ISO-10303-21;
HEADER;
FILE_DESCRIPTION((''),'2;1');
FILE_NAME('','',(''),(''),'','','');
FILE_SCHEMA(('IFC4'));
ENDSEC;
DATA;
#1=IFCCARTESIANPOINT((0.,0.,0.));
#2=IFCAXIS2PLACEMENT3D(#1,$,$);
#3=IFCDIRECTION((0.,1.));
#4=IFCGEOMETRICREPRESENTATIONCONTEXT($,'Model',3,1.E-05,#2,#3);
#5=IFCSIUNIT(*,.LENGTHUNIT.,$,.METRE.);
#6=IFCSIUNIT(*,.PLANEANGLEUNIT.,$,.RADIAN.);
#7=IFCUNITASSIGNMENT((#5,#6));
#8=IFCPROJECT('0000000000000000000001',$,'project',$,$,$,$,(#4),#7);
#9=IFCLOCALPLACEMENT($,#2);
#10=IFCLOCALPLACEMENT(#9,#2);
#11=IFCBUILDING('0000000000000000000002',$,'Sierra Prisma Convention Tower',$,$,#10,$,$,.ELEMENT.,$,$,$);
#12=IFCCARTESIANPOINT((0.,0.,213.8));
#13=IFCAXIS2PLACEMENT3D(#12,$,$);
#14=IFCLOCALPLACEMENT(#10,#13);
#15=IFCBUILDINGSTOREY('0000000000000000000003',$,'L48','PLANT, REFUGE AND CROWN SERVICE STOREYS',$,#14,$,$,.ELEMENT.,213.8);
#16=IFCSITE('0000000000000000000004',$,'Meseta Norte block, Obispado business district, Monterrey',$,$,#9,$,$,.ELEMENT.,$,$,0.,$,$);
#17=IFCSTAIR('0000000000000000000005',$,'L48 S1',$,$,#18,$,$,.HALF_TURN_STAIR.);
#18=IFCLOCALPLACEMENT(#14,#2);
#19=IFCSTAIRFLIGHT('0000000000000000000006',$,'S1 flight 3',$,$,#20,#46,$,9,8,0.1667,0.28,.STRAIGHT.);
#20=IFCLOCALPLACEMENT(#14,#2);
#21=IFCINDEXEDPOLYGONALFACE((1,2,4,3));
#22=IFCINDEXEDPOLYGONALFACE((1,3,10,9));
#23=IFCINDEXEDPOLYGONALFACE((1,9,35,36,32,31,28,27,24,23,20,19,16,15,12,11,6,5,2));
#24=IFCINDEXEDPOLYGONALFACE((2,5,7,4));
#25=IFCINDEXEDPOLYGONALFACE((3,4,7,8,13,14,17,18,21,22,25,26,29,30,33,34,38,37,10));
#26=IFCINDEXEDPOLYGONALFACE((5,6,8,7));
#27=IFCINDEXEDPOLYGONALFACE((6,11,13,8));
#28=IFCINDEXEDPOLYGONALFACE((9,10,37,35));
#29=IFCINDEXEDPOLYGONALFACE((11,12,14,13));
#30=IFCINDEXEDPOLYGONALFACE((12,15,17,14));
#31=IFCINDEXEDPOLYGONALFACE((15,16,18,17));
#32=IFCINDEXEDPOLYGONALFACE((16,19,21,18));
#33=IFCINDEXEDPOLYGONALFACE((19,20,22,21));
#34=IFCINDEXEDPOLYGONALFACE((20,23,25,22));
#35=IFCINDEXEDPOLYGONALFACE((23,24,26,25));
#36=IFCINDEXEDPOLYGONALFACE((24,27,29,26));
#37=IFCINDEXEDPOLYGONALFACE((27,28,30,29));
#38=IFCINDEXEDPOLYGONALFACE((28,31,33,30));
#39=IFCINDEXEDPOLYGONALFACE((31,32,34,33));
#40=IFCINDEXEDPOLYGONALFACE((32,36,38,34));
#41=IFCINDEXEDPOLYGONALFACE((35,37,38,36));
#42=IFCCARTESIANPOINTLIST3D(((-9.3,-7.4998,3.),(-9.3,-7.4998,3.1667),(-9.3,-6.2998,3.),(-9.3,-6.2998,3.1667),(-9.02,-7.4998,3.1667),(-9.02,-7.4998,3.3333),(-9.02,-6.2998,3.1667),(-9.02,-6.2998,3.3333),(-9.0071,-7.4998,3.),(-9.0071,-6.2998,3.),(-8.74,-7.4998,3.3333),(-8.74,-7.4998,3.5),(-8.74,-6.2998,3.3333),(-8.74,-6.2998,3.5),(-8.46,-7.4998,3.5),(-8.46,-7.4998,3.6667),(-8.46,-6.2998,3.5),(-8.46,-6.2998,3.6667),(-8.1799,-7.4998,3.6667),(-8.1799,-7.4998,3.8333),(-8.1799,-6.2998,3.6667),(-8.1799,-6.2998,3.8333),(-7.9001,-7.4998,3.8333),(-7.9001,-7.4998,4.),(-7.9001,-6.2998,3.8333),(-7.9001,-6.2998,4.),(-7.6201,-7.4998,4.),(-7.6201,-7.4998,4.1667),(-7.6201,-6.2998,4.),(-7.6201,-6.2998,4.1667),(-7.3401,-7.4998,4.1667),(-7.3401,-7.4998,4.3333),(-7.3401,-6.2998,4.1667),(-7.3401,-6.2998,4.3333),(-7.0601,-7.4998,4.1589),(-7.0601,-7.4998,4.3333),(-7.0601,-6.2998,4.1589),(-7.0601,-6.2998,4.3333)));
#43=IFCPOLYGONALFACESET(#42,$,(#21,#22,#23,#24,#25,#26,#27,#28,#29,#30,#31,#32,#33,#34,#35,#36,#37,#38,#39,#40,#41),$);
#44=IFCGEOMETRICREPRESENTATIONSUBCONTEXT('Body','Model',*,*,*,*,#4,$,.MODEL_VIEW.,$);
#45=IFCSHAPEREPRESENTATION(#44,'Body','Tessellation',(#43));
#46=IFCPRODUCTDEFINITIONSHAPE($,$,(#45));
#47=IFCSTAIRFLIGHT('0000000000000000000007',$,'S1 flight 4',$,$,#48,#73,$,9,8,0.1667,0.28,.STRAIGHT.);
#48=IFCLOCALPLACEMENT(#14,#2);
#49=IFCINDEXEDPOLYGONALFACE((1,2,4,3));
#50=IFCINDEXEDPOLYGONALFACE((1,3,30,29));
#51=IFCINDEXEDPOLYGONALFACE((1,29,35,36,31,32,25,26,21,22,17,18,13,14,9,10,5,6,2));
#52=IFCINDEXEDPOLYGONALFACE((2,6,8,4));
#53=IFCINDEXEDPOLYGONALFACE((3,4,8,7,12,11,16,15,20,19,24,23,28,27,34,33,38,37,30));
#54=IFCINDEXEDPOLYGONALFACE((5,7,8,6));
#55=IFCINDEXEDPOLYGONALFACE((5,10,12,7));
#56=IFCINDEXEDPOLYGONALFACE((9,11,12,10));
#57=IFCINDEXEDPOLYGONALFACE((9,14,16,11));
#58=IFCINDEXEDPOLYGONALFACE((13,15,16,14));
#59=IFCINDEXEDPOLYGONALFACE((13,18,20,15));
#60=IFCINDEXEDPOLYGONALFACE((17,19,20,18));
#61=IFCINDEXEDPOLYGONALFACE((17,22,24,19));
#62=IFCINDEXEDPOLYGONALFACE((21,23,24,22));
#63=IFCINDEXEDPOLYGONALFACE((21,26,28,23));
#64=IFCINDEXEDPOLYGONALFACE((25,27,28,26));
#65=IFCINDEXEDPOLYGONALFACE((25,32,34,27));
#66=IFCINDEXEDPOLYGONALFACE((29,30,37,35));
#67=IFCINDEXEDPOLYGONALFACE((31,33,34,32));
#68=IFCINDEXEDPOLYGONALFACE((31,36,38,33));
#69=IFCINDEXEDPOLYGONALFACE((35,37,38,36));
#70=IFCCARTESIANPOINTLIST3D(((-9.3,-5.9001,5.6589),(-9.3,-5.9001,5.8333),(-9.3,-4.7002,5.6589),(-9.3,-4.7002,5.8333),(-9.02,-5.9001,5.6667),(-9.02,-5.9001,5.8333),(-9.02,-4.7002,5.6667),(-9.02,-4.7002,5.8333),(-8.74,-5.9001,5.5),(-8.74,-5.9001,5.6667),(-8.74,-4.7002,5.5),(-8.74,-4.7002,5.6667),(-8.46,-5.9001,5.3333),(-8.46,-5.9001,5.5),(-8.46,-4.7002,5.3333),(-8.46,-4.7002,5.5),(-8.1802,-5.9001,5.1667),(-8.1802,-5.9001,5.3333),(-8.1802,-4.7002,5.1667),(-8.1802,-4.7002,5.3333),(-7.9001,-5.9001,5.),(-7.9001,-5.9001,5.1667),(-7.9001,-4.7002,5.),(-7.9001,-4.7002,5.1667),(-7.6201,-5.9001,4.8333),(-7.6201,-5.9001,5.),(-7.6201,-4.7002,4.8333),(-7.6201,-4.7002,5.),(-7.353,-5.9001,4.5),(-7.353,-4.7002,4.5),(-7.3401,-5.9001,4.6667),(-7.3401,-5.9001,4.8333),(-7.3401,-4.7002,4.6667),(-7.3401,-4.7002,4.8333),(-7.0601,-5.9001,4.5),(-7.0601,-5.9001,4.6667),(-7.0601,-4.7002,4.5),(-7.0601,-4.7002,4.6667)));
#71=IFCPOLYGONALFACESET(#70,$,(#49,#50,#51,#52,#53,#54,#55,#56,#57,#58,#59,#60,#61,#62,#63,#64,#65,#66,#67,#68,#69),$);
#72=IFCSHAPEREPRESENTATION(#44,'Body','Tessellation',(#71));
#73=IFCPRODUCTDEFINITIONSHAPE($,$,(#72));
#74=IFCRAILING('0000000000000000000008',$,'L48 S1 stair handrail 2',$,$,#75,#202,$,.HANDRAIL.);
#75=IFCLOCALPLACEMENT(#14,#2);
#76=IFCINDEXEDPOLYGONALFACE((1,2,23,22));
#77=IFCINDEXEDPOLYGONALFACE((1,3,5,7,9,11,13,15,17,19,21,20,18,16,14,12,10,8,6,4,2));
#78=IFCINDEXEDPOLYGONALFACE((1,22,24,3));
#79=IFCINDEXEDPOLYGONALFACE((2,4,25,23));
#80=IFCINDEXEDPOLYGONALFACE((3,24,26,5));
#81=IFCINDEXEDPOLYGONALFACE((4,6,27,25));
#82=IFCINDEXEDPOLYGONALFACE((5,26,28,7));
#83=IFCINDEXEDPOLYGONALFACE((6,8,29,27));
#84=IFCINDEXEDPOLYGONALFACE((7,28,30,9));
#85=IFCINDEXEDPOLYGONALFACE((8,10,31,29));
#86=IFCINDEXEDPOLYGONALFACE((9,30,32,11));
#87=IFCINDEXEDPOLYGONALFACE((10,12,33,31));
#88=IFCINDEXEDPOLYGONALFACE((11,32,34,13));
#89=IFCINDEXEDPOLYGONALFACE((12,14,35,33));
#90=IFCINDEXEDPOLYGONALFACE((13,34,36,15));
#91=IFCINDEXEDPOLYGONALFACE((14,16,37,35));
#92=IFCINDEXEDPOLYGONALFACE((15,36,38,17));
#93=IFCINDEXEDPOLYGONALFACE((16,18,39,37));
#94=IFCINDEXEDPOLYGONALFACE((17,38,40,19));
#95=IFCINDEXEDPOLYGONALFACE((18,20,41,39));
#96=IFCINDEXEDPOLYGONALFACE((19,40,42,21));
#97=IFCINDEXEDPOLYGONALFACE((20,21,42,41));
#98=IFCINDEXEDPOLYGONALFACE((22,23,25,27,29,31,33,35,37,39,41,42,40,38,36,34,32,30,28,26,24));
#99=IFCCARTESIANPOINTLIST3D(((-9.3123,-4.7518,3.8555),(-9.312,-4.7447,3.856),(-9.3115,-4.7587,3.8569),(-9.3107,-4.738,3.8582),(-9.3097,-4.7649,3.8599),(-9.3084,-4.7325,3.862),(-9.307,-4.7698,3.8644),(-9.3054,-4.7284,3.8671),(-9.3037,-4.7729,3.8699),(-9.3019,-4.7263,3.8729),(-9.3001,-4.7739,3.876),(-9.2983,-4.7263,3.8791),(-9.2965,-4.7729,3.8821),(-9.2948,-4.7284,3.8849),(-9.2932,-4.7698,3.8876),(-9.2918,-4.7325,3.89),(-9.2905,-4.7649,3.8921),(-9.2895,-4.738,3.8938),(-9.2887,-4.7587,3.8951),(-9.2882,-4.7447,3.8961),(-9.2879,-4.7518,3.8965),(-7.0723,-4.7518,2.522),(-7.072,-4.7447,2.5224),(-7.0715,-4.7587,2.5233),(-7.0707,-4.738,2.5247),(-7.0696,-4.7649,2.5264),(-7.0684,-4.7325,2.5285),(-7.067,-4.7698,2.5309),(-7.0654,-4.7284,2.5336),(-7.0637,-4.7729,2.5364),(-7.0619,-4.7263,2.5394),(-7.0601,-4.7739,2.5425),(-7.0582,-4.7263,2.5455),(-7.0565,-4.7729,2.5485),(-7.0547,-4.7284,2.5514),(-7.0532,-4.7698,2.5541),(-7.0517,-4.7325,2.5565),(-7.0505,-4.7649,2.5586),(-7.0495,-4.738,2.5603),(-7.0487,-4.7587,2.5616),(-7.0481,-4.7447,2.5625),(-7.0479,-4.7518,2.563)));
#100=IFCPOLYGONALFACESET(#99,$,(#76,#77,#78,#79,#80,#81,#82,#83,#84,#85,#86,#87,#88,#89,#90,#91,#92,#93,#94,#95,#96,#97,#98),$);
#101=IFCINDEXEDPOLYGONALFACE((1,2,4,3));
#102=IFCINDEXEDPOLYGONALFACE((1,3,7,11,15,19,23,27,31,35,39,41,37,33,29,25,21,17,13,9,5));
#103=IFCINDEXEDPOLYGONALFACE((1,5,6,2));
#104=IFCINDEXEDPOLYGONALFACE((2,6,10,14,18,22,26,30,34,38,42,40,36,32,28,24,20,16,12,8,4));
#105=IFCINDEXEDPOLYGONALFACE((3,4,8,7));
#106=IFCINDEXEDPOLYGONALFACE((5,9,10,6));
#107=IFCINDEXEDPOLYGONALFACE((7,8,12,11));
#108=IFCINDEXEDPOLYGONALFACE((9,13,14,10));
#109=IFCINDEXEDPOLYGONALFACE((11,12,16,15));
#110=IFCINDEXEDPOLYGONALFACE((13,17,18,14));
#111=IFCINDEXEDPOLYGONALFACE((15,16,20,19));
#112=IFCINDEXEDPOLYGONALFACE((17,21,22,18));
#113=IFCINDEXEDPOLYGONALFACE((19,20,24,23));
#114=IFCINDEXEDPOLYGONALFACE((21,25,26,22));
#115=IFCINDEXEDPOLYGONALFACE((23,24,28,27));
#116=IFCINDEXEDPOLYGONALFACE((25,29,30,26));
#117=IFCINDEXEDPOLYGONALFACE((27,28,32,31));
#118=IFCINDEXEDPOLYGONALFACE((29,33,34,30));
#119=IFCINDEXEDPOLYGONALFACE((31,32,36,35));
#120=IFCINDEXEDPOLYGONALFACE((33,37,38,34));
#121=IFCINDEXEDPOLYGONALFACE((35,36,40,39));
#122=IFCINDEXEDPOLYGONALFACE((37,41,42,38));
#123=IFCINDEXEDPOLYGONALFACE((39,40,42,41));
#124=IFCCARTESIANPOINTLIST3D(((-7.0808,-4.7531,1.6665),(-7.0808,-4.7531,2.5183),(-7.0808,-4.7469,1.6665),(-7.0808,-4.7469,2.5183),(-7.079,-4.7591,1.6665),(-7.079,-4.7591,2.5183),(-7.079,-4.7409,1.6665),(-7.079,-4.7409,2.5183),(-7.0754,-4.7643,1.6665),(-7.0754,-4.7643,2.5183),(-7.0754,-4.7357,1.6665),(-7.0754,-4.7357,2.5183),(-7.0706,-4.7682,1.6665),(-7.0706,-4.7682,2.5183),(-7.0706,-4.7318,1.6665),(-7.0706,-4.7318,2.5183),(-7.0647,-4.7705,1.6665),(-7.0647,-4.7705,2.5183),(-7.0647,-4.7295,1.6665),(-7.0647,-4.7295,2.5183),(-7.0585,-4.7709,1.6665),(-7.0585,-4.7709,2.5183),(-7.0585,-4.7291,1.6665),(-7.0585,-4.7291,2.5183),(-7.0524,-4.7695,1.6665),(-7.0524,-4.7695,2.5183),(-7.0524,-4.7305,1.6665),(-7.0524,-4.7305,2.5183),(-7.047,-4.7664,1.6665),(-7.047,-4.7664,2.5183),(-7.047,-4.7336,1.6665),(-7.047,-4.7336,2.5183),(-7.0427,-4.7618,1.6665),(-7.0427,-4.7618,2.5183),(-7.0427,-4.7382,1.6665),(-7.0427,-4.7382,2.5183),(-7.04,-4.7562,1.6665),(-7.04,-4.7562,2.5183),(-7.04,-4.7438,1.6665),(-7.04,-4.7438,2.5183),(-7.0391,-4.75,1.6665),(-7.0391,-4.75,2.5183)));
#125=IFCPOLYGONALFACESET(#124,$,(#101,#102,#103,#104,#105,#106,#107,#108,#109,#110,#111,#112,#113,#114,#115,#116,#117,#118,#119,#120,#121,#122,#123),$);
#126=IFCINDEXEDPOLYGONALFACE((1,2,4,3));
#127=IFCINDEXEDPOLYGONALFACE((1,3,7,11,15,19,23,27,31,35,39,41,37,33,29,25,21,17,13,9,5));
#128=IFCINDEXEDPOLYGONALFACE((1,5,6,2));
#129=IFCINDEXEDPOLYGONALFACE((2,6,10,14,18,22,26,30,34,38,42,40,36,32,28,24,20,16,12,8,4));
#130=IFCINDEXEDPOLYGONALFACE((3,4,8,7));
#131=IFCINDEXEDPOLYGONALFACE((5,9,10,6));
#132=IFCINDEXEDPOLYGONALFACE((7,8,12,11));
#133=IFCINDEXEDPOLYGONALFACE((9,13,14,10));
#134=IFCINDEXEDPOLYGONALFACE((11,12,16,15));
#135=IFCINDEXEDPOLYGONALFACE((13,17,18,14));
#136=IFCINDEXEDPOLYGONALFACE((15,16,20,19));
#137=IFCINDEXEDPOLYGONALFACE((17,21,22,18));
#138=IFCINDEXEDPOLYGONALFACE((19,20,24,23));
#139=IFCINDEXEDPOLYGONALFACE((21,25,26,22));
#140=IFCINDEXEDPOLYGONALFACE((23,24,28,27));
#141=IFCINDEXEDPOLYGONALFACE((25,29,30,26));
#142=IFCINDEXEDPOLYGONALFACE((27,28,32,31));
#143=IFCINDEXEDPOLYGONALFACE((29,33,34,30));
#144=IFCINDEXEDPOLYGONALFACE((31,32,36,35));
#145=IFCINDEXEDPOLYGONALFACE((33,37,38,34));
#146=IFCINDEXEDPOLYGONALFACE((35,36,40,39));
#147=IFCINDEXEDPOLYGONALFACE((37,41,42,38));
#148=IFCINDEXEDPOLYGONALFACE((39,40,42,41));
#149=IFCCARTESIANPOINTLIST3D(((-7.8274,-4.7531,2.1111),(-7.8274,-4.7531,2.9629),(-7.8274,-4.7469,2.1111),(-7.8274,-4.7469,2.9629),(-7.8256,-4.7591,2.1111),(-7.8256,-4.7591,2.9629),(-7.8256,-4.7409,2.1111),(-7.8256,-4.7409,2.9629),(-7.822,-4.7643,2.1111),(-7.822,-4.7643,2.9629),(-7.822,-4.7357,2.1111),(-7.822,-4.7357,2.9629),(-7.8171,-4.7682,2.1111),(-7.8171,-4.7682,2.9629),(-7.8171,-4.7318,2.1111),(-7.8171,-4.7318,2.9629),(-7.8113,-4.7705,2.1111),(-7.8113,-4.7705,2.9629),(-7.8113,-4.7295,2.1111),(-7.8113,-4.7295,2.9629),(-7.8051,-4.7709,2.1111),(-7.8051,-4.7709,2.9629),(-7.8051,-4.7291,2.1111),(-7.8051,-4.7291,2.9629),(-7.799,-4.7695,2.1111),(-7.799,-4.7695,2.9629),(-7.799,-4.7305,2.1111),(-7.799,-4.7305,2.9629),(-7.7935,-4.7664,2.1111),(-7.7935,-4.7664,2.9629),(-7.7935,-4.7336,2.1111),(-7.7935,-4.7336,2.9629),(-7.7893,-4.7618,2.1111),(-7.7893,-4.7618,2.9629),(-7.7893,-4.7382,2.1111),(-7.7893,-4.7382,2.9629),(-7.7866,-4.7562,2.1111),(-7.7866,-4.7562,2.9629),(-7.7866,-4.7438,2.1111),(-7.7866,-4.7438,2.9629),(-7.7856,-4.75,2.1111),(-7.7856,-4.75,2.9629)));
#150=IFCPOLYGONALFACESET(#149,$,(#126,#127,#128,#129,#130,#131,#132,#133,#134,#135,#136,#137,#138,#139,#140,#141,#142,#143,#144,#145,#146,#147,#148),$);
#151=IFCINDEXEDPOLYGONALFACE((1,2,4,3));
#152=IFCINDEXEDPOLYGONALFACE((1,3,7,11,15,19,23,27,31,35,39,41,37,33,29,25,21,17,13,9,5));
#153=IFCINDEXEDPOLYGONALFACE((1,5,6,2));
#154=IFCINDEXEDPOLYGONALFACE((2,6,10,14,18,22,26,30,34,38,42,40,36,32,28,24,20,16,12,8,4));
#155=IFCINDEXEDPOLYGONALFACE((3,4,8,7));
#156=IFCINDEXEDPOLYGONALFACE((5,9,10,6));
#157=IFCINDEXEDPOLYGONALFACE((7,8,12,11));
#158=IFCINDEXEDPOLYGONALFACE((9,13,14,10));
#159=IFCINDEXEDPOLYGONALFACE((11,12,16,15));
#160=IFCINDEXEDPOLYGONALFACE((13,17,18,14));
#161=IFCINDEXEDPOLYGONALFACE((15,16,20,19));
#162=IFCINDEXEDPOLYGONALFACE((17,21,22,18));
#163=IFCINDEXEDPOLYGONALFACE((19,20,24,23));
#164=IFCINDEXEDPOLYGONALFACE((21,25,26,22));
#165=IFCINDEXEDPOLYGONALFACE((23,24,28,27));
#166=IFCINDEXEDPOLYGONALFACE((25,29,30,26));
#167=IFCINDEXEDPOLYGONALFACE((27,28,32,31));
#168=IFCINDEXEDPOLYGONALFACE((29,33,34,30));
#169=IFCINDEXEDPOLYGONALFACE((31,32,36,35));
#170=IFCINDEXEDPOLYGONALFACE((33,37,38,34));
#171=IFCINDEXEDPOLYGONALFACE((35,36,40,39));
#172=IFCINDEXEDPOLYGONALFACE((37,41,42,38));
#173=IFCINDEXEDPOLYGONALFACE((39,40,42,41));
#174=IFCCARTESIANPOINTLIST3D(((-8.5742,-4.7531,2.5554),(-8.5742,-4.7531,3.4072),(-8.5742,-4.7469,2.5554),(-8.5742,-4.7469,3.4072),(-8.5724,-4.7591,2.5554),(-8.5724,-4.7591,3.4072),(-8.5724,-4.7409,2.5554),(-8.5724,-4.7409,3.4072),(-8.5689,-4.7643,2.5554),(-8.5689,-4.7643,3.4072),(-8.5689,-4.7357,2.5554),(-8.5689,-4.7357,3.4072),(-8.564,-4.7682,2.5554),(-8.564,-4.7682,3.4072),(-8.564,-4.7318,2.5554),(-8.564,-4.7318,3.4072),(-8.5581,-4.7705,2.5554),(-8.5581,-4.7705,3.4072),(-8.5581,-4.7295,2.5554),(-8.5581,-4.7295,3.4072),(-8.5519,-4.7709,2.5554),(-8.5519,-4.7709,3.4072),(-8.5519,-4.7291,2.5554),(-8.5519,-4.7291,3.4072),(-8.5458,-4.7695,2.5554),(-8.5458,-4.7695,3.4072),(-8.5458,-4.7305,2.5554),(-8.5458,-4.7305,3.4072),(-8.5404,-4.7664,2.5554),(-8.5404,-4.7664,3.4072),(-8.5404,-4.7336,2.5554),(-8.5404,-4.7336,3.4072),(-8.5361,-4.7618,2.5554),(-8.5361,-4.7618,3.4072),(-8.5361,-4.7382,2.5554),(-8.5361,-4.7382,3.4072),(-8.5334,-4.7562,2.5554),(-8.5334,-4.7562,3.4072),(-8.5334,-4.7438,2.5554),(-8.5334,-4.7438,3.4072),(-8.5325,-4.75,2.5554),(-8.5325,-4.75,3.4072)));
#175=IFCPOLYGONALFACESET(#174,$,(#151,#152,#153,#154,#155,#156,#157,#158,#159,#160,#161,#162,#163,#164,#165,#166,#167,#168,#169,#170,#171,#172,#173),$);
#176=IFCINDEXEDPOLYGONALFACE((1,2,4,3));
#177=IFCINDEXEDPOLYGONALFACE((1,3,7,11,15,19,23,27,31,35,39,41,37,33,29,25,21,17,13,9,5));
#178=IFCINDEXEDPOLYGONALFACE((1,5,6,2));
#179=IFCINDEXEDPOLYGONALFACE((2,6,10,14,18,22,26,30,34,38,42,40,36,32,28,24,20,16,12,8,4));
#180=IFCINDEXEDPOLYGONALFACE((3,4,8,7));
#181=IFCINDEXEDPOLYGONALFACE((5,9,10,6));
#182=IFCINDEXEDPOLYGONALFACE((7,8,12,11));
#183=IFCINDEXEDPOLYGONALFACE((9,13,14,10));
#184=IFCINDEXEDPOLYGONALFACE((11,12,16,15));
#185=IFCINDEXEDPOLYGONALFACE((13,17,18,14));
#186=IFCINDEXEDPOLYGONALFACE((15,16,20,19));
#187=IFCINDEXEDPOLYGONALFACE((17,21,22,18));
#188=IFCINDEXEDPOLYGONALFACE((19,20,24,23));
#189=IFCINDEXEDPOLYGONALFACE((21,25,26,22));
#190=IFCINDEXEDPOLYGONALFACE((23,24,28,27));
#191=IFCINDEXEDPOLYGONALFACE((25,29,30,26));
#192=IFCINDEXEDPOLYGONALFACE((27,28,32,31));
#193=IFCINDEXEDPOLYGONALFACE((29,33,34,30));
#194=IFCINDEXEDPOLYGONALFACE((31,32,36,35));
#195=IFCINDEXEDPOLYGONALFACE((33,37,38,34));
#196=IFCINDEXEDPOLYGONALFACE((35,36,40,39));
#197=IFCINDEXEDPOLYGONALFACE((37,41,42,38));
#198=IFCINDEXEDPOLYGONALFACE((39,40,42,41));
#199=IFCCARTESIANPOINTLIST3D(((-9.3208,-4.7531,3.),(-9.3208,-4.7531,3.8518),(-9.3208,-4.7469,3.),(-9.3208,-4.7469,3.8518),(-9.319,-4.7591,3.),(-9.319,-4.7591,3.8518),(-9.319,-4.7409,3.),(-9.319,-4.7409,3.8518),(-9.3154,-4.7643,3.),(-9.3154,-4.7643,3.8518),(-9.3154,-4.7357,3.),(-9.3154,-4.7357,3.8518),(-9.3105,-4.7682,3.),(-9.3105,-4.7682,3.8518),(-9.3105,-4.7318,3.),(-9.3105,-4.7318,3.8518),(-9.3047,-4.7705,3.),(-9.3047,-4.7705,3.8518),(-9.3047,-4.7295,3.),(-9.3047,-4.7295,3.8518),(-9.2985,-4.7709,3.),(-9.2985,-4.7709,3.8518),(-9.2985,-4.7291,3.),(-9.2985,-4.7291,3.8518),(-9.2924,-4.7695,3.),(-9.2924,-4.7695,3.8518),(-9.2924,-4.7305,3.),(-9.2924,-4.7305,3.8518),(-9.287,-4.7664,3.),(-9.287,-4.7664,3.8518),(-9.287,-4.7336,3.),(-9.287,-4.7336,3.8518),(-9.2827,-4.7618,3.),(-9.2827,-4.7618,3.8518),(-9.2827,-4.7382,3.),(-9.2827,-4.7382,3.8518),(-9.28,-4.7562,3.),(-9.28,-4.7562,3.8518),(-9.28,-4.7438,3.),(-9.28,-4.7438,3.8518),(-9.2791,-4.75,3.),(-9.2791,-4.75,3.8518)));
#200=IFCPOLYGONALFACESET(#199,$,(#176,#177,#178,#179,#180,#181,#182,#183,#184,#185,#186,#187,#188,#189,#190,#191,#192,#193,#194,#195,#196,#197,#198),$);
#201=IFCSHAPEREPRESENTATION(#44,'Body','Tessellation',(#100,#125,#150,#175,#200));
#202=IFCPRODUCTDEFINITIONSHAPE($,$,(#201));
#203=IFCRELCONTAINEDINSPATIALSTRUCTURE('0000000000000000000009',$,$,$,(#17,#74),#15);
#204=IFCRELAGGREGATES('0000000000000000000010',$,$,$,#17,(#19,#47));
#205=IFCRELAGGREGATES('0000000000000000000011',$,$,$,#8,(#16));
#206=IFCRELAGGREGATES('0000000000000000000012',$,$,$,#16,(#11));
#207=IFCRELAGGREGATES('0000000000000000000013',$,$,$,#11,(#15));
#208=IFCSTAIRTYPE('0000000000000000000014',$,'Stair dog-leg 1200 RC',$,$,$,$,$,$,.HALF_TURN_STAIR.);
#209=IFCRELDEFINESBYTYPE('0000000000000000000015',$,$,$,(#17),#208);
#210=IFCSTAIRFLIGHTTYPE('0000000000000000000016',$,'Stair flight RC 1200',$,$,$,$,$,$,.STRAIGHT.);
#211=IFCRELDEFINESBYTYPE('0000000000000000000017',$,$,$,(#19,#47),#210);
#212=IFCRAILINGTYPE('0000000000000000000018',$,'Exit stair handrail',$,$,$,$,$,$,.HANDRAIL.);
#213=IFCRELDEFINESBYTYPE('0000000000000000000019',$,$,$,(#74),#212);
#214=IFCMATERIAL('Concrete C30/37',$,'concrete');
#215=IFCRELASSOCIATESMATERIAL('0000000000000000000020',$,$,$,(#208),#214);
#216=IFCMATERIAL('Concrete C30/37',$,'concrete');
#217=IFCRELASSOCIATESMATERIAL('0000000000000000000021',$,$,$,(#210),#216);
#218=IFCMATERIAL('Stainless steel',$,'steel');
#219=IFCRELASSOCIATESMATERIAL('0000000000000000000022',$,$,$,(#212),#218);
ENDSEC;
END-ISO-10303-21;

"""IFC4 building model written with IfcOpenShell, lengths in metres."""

from ifc_helpers import new_model, si_unit, direction, frame, origin, origin_2d, place, context, subcontext, project, spatial, polyline, circle, outline, extrude, material, type_object, element, aggregate, save


model = new_model("IFC4")

# Units and contexts
model_context = context("Model", 3, precision=1e-05, world=origin(), true_north=direction((0.0, 1.0)))
body_context = subcontext(model_context, "Body", "Model", "MODEL_VIEW")
ifc_project = project(units=[si_unit("LENGTHUNIT", "METRE"), si_unit("PLANEANGLEUNIT", "RADIAN")], contexts=[model_context])

# Site, building, storey
site_placement = place(None, origin())
site = spatial("IfcSite", under=ifc_project, at=site_placement, Name="Meseta Norte block, Obispado business district, Monterrey", CompositionType="ELEMENT", RefElevation=0.0)
building_placement = place(site_placement, origin())
building = spatial("IfcBuilding", under=site, at=building_placement, Name="Sierra Prisma Convention Tower", CompositionType="ELEMENT")
storey_placement = place(building_placement, frame((0.0, 0.0, 213.8)))
storey = spatial("IfcBuildingStorey", under=building, at=storey_placement, Name="L48", Description="PLANT, REFUGE AND CROWN SERVICE STOREYS", CompositionType="ELEMENT", Elevation=213.8)

# Stair, stair flights
ifc_material_1 = material(Name="Concrete C30/37", Category="concrete")
stair_type = type_object("IfcStairType", Name="Stair dog-leg 1200 RC", PredefinedType="HALF_TURN_STAIR", material=ifc_material_1)
stair_placement = place(storey_placement, origin())
stair = element("IfcStair", 1, at=stair_placement, inside=storey, type_object=stair_type, Name="L48 S1", PredefinedType="HALF_TURN_STAIR")
ifc_material_2 = material(Name="Concrete C30/37", Category="concrete")
stair_flight_type = type_object("IfcStairFlightType", Name="Stair flight RC 1200", PredefinedType="STRAIGHT", material=ifc_material_2)
stair_flight_1_placement = place(storey_placement, frame((-9.3, -6.8999, 3.0), z_axis=(0.0, 0.0, 1.0), x_axis=(1.0, 0.0, 0.0)))
stair_flight_1 = element("IfcStairFlight", 2, at=stair_flight_1_placement, type_object=stair_flight_type, Name="S1 flight 3", NumberOfRisers=9, NumberOfTreads=8, PredefinedType="STRAIGHT", RiserHeight=0.1667, TreadLength=0.28, context=body_context, shape_type="SweptSolid", body=[
    extrude(outline(polyline([(0.0, 0.0), (0.0, 0.1667), (0.28, 0.1667), (0.28, 0.3333), (0.5601, 0.3333), (0.5601, 0.5), (0.8401, 0.5), (0.8401, 0.6667), (1.1201, 0.6667), (1.1201, 0.8333), (1.3999, 0.8333), (1.3999, 1.0), (1.6799, 1.0), (1.6799, 1.1667), (1.96, 1.1667), (1.96, 1.3333), (2.24, 1.3333), (2.24, 1.5), (2.24, 1.1589), (0.293, 0.0), (0.0, 0.0)])), frame((0.0, 0.6001, 0.0), z_axis=(0.0, -1.0, 0.0), x_axis=(1.0, 0.0, 0.0)), (0.0, 0.0, 1.0), 1.2),
])
stair_flight_2_placement = place(storey_placement, frame((-7.0601, -5.3, 4.5), z_axis=(0.0, 0.0, 1.0), x_axis=(-1.0, 0.0, 0.0)))
stair_flight_2 = element("IfcStairFlight", 3, at=stair_flight_2_placement, type_object=stair_flight_type, Name="S1 flight 4", NumberOfRisers=9, NumberOfTreads=8, PredefinedType="STRAIGHT", RiserHeight=0.1667, TreadLength=0.28, context=body_context, shape_type="SweptSolid", body=[
    extrude(outline(polyline([(0.0, 0.0), (0.0, 0.1667), (0.28, 0.1667), (0.28, 0.3333), (0.5601, 0.3333), (0.5601, 0.5), (0.8401, 0.5), (0.8401, 0.6667), (1.1201, 0.6667), (1.1201, 0.8333), (1.3999, 0.8333), (1.3999, 1.0), (1.6799, 1.0), (1.6799, 1.1667), (1.96, 1.1667), (1.96, 1.3333), (2.24, 1.3333), (2.24, 1.5), (2.24, 1.1589), (0.293, 0.0), (0.0, 0.0)])), frame((0.0, 0.6001, 0.0), z_axis=(0.0, -1.0, 0.0), x_axis=(1.0, 0.0, 0.0)), (0.0, 0.0, 1.0), 1.2),
])
aggregate(stair, [stair_flight_1, stair_flight_2])

# Railing
ifc_material_3 = material(Name="Stainless steel", Category="steel")
railing_type_1 = type_object("IfcRailingType", Name="Exit stair handrail", PredefinedType="HANDRAIL", material=ifc_material_3)
for number, where, name in (
    (4, (-7.0601, -4.75, 1.6665), "L48 S1 stair handrail 2"),
):
    element("IfcRailing", number, at=place(storey_placement, frame(where)), inside=storey, type_object=railing_type_1, Name=name, PredefinedType="HANDRAIL", context=body_context, shape_type="SweptSolid", body=[
        extrude(circle(Radius=0.0239, at=origin_2d()), frame((0.0, 0.0, 0.876), z_axis=(-0.859264, 0.0, 0.511532), x_axis=(0.0, -1.0, 0.0)), (0.0, 0.0, 1.0), 2.6069),
        extrude(circle(Radius=0.021, at=origin_2d()), origin(), (0.0, 0.0, 1.0), 0.8518),
        extrude(circle(Radius=0.021, at=origin_2d()), frame((-0.7466, 0.0, 0.4446)), (0.0, 0.0, 1.0), 0.8518),
        extrude(circle(Radius=0.021, at=origin_2d()), frame((-1.4934, 0.0, 0.8889)), (0.0, 0.0, 1.0), 0.8518),
        extrude(circle(Radius=0.021, at=origin_2d()), frame((-2.24, 0.0, 1.3335)), (0.0, 0.0, 1.0), 0.8518),
    ])

save(model, "model.ifc")
